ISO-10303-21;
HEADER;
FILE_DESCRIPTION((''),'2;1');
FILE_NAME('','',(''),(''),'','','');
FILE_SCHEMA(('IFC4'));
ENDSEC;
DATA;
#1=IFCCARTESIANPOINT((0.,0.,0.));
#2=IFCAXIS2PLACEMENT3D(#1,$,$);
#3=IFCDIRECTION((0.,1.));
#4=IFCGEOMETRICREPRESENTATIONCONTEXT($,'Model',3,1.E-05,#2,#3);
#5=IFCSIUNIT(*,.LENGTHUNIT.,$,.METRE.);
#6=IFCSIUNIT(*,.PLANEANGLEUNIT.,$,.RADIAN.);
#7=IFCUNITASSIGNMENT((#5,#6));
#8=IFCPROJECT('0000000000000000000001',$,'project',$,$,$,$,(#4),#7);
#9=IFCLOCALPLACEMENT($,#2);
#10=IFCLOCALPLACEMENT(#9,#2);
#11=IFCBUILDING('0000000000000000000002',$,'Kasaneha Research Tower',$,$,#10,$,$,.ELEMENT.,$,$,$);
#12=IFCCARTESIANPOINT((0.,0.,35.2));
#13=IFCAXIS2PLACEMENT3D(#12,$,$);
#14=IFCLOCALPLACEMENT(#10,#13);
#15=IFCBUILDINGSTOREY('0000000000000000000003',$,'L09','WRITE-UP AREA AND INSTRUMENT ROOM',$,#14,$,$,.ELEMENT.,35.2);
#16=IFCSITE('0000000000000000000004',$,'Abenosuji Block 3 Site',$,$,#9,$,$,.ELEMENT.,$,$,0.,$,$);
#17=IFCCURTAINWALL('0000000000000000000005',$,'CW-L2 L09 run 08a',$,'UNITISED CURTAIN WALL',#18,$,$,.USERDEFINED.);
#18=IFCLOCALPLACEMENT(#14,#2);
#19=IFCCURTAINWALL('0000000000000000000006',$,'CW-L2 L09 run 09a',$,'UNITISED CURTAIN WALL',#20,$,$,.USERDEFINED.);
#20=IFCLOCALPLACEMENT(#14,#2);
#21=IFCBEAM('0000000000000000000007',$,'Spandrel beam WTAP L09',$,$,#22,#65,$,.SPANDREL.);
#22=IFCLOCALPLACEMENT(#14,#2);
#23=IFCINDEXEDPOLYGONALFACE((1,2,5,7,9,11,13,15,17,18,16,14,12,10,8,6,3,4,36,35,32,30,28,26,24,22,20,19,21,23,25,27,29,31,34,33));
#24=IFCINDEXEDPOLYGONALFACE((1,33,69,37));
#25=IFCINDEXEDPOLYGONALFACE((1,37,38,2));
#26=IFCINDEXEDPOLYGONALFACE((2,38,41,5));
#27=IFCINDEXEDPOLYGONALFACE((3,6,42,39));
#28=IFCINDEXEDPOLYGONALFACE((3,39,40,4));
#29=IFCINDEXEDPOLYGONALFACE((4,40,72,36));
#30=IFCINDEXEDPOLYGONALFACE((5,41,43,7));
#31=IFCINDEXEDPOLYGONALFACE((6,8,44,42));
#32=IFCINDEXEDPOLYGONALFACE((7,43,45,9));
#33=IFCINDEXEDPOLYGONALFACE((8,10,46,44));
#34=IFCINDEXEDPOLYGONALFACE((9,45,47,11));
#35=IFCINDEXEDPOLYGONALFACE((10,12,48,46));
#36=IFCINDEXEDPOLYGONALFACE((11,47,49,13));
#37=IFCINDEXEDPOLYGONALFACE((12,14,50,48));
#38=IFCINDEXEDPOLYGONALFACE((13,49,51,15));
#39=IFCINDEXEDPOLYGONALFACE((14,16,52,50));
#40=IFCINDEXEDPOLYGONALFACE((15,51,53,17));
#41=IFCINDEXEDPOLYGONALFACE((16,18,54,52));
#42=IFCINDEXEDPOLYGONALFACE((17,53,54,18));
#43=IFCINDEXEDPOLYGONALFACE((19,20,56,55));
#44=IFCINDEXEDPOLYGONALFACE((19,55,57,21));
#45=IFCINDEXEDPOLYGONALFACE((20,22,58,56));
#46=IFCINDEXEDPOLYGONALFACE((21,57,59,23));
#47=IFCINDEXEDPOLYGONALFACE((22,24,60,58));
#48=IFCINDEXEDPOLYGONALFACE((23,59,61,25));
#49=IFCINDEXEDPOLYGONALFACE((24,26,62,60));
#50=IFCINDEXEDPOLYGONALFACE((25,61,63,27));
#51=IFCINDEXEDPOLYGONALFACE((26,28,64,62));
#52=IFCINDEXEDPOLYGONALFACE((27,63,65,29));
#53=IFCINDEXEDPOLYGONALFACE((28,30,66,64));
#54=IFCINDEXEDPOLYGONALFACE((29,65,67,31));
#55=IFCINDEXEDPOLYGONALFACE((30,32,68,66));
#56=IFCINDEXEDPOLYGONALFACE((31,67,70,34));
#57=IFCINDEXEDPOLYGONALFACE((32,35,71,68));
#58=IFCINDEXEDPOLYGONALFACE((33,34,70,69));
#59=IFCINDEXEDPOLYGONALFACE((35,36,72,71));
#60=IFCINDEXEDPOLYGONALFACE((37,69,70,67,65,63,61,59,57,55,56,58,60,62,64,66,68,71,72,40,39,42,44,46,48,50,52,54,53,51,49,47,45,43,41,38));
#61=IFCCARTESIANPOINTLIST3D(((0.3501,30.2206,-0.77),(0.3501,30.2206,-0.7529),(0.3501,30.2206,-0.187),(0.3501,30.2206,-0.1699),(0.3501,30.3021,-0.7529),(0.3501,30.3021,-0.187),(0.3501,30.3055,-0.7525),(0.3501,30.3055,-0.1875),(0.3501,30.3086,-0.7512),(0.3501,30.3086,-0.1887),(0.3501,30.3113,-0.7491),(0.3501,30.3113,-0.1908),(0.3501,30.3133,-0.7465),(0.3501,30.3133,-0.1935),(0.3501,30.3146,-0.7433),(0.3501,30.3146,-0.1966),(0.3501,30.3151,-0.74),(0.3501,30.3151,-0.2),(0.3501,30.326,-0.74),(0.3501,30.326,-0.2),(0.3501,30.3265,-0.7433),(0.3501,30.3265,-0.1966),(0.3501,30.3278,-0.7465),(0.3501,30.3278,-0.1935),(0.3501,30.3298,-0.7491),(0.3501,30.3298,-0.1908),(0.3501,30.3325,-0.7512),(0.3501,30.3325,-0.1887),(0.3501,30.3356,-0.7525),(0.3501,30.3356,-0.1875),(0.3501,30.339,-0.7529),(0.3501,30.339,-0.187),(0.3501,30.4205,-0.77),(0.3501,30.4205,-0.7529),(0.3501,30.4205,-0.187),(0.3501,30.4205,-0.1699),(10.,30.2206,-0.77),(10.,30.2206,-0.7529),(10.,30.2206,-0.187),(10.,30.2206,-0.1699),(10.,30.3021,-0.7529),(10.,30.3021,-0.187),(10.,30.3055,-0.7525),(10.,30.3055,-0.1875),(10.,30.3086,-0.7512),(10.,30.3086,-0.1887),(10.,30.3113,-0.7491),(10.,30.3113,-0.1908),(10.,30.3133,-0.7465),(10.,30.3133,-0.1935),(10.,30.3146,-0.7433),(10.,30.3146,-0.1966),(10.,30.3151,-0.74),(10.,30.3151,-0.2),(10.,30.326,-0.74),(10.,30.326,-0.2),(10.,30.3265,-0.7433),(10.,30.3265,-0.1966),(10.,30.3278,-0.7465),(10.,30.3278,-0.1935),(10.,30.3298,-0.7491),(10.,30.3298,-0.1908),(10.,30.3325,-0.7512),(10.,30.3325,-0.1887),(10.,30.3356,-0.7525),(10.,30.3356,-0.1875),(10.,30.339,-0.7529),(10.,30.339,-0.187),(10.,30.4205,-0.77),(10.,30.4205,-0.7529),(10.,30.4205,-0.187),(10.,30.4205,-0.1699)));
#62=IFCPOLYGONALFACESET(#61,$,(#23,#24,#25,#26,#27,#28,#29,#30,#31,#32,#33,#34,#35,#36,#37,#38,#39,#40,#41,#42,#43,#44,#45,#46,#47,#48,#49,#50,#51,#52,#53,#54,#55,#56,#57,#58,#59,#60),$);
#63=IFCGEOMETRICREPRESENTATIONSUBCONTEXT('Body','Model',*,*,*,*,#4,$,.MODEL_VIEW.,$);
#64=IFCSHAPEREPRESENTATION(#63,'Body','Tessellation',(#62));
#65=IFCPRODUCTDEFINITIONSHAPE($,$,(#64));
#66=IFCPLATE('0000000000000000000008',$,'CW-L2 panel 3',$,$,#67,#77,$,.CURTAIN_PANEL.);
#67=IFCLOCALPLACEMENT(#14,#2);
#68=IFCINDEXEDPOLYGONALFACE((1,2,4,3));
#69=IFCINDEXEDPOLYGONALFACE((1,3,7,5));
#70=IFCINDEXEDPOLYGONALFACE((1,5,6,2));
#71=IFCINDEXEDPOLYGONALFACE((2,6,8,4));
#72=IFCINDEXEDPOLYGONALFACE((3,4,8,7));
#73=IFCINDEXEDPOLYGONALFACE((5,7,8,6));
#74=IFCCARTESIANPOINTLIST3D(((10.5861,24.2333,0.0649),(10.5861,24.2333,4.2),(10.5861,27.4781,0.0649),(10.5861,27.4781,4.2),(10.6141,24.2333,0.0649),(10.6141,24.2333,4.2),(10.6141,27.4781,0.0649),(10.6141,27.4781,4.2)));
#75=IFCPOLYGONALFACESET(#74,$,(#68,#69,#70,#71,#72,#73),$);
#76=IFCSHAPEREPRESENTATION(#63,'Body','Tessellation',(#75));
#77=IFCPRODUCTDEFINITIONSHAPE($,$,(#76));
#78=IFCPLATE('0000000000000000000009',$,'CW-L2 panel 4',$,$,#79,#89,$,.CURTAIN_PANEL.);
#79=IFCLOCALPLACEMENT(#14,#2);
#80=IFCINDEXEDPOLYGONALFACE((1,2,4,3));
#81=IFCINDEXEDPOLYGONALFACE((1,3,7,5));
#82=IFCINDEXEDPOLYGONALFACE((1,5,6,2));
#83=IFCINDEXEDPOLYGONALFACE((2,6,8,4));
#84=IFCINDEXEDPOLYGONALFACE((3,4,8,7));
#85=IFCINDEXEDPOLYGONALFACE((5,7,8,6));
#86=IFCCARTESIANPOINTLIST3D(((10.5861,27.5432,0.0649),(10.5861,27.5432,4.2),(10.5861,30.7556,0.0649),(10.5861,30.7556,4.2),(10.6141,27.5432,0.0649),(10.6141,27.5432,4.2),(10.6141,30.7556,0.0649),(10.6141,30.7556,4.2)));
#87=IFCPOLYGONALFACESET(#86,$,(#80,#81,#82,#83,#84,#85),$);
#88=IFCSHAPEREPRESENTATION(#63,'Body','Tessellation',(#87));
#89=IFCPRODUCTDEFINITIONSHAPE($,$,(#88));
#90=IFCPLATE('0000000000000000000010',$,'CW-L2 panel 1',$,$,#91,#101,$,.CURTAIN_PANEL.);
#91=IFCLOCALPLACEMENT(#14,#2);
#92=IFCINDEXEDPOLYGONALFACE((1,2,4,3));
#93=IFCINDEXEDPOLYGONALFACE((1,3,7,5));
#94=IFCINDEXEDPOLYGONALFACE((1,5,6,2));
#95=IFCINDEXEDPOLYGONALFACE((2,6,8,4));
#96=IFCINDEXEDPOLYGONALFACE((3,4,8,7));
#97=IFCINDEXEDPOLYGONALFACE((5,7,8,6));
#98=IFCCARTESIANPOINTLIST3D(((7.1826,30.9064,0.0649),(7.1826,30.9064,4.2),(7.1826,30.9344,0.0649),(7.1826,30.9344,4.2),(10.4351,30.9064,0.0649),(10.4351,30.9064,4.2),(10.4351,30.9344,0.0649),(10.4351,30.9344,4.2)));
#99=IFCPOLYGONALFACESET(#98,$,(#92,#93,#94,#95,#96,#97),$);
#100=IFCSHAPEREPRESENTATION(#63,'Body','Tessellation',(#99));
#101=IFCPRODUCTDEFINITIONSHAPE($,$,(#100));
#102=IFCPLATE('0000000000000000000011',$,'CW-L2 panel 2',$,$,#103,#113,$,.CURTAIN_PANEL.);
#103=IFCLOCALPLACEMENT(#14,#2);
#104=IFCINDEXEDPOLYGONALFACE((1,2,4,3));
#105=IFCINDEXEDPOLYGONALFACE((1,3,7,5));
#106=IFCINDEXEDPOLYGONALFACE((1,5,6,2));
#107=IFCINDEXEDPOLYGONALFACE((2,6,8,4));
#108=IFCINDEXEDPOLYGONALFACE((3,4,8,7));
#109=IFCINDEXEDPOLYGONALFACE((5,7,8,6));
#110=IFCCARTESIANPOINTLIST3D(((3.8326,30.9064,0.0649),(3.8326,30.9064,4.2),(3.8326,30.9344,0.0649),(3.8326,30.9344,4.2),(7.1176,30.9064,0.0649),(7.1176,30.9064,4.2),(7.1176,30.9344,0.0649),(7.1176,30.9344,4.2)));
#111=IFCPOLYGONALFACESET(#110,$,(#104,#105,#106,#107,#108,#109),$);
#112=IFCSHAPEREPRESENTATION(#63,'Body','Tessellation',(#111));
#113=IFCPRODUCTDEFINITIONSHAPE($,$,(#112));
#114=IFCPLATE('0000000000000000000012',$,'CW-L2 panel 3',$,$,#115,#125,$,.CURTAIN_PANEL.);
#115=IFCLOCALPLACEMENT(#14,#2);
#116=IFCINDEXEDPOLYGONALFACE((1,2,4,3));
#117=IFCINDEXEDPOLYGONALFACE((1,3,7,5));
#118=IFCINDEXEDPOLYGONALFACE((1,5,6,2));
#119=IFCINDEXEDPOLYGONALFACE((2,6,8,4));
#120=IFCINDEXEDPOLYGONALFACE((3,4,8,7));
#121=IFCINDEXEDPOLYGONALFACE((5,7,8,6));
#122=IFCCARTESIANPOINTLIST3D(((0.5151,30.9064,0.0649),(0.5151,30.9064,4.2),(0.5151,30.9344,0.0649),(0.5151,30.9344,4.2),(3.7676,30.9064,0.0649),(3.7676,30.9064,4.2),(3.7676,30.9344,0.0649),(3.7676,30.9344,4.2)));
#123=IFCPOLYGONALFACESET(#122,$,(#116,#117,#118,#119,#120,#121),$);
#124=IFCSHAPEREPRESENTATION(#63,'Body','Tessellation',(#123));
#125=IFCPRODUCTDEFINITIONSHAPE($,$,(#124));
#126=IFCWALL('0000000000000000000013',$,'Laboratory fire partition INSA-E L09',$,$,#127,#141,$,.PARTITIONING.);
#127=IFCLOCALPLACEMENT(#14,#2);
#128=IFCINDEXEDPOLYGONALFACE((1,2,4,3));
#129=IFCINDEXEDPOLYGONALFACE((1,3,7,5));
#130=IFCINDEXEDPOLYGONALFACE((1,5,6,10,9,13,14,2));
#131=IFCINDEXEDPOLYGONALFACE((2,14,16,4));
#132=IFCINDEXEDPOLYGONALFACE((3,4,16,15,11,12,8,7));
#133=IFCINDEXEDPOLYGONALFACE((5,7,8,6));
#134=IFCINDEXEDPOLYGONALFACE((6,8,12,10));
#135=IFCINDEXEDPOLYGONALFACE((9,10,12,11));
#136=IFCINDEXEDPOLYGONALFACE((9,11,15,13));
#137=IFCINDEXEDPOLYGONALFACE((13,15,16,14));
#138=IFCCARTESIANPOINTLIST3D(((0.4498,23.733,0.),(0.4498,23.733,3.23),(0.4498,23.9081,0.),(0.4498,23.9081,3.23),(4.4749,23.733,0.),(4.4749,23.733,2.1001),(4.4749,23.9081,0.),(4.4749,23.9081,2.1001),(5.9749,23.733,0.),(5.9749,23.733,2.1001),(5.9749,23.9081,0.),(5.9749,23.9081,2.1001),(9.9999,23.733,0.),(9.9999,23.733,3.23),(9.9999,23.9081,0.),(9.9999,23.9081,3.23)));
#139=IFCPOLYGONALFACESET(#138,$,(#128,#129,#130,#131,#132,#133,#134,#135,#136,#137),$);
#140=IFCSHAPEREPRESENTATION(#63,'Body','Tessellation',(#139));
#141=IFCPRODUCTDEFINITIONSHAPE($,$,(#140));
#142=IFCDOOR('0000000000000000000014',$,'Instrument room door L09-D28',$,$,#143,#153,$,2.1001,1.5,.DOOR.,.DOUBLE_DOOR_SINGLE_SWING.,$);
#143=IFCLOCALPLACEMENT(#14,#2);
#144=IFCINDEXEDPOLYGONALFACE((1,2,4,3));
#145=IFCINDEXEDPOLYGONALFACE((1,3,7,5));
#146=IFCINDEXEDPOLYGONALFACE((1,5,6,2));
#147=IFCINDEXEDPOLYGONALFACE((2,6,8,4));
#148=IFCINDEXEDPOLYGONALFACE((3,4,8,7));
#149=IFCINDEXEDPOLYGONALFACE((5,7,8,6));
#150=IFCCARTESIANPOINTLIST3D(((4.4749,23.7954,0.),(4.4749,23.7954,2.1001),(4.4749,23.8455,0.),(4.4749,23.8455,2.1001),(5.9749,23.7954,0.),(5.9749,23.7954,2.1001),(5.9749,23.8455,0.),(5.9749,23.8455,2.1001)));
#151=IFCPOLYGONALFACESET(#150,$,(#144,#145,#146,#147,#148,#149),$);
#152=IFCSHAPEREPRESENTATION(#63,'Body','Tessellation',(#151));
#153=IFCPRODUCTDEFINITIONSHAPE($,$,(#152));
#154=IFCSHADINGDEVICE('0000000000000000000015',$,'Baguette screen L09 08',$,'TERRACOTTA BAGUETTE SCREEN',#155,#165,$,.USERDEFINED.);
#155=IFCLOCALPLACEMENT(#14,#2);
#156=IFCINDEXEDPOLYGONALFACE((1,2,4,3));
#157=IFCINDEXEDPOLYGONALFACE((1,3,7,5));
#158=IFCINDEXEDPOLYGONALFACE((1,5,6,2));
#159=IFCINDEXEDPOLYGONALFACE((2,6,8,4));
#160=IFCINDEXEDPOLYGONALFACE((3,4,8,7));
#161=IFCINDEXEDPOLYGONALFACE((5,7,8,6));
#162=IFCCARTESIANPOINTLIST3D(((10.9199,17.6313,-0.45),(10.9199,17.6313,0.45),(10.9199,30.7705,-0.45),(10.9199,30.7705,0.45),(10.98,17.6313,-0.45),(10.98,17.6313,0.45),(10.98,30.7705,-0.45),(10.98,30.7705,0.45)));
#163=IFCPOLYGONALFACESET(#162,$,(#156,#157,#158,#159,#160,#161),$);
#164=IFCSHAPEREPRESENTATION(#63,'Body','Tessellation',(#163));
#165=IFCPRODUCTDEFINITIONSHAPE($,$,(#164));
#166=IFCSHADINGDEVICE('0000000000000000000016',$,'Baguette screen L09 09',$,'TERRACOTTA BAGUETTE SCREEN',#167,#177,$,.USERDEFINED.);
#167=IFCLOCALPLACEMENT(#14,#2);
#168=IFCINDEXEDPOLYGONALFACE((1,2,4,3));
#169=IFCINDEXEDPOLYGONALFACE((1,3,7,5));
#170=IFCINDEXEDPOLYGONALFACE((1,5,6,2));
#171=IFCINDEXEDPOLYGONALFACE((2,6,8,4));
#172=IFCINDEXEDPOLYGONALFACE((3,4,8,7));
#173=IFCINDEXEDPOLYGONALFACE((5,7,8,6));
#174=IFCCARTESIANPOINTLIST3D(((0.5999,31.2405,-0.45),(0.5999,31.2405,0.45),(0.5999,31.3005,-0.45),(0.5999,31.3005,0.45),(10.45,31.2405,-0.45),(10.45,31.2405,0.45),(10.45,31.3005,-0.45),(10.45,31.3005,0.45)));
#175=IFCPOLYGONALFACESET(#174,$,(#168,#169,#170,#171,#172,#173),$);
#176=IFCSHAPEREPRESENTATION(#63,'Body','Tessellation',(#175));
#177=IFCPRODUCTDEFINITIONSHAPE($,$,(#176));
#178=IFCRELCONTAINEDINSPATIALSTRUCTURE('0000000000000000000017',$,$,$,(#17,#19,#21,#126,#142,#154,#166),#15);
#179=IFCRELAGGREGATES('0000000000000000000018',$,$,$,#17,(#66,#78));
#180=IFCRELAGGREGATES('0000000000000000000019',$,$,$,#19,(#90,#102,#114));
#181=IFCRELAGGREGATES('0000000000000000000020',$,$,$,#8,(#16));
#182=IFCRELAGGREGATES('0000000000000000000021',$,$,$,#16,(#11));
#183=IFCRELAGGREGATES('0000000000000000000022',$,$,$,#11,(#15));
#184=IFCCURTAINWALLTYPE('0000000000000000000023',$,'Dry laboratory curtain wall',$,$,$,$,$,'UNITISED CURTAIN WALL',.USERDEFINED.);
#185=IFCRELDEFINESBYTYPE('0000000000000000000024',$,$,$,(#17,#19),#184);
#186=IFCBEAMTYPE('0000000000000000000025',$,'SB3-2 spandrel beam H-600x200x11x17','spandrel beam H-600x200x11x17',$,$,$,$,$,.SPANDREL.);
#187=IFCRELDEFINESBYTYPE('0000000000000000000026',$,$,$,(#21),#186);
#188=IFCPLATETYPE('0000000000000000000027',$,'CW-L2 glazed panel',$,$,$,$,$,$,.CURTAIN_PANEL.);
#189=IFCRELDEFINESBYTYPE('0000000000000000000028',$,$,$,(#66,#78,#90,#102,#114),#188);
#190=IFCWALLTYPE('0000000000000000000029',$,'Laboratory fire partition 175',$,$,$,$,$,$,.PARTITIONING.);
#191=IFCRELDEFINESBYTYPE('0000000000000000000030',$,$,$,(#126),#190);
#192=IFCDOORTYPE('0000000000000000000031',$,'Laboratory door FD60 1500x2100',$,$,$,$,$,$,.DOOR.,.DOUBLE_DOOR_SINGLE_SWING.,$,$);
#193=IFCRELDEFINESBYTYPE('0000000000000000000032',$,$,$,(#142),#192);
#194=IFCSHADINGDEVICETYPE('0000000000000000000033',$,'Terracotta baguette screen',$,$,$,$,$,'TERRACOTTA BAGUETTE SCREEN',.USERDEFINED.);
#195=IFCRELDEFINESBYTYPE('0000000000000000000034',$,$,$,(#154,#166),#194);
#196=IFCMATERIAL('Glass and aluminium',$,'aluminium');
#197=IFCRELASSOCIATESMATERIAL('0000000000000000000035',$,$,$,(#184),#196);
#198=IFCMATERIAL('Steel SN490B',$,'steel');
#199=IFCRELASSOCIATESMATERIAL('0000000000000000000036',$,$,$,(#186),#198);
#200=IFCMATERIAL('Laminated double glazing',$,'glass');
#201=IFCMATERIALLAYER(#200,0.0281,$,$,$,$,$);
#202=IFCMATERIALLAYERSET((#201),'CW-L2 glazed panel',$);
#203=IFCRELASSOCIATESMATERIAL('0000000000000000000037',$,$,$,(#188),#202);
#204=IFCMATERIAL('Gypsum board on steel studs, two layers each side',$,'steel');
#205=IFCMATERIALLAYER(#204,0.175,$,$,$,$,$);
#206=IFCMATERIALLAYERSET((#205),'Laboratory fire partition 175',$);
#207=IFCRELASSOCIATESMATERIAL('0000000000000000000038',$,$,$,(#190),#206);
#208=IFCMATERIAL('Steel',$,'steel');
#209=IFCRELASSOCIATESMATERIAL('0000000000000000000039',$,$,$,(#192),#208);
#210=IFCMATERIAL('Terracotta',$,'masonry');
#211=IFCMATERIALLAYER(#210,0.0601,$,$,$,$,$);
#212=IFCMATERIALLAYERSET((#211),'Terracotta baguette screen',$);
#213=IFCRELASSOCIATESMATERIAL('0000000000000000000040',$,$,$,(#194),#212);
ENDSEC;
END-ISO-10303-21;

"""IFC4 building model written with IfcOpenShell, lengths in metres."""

from ifc_helpers import new_model, si_unit, direction, frame, frame_2d, origin, origin_2d, place, context, subcontext, project, spatial, rectangle, i_section, extrude, material, layer, layer_set, material_profile, profile_set, type_object, element, fill, aggregate, save


model = new_model("IFC4")

# Units and contexts
model_context = context("Model", 3, precision=1e-05, world=origin(), true_north=direction((0.0, 1.0)))
body_context = subcontext(model_context, "Body", "Model", "MODEL_VIEW")
ifc_project = project(units=[si_unit("LENGTHUNIT", "METRE"), si_unit("PLANEANGLEUNIT", "RADIAN")], contexts=[model_context])

# Site, building, storey
site_placement = place(None, origin())
site = spatial("IfcSite", under=ifc_project, at=site_placement, Name="Abenosuji Block 3 Site", CompositionType="ELEMENT", RefElevation=0.0)
building_placement = place(site_placement, origin())
building = spatial("IfcBuilding", under=site, at=building_placement, Name="Kasaneha Research Tower", CompositionType="ELEMENT")
storey_placement = place(building_placement, frame((0.0, 0.0, 35.2)))
storey = spatial("IfcBuildingStorey", under=building, at=storey_placement, Name="L09", Description="WRITE-UP AREA AND INSTRUMENT ROOM", CompositionType="ELEMENT", Elevation=35.2)

# Curtain walls
ifc_material_1 = material(Name="Glass and aluminium", Category="aluminium")
curtain_wall_type = type_object("IfcCurtainWallType", Name="Dry laboratory curtain wall", ElementType="UNITISED CURTAIN WALL", PredefinedType="USERDEFINED", material=ifc_material_1)
curtain_wall_1_placement = place(storey_placement, origin())
curtain_wall_1 = element("IfcCurtainWall", 1, at=curtain_wall_1_placement, inside=storey, type_object=curtain_wall_type, Name="CW-L2 L09 run 08a", ObjectType="UNITISED CURTAIN WALL", PredefinedType="USERDEFINED")
curtain_wall_2_placement = place(storey_placement, origin())
curtain_wall_2 = element("IfcCurtainWall", 2, at=curtain_wall_2_placement, inside=storey, type_object=curtain_wall_type, Name="CW-L2 L09 run 09a", ObjectType="UNITISED CURTAIN WALL", PredefinedType="USERDEFINED")

# Beam
ifc_material_2 = material(Name="Steel SN490B", Category="steel")
ifc_material_profile_1 = material_profile(ifc_material_2, i_section(OverallWidth=0.2, OverallDepth=0.6001, WebThickness=0.011, FlangeThickness=0.0171, FilletRadius=0.0129, at=origin_2d()), Name="H-600x200x11x17")
ifc_profile_set_1 = profile_set([ifc_material_profile_1], Name="Steel SN490B")
beam_type_1 = type_object("IfcBeamType", Name="SB3-2 spandrel beam H-600x200x11x17", Description="spandrel beam H-600x200x11x17", PredefinedType="SPANDREL", material=ifc_profile_set_1)
beam_1_placement = place(storey_placement, frame((10.0, 30.3206, -0.47), z_axis=(-1.0, 0.0, 0.0), x_axis=(0.0, -1.0, 0.0)))
element("IfcBeam", 3, at=beam_1_placement, inside=storey, type_object=beam_type_1, Name="Spandrel beam WTAP L09", PredefinedType="SPANDREL", context=body_context, shape_type="SweptSolid", body=[
    extrude(i_section(OverallWidth=0.2, OverallDepth=0.6001, WebThickness=0.011, FlangeThickness=0.0171, FilletRadius=0.0129, at=origin_2d()), origin(), (0.0, 0.0, 1.0), 9.6499),
])

# Plates
ifc_material_3 = material(Name="Laminated double glazing", Category="glass")
ifc_layer_1 = layer(ifc_material_3, 0.0281)
ifc_layer_set_1 = layer_set([ifc_layer_1], Name="CW-L2 glazed panel")
plate_type = type_object("IfcPlateType", Name="CW-L2 glazed panel", PredefinedType="CURTAIN_PANEL", material=ifc_layer_set_1)
plate_1_placement = place(storey_placement, frame((10.6001, 25.8557, 0.0649), z_axis=(0.0, 0.0, 1.0), x_axis=(0.0, 1.0, 0.0)))
plate_1 = element("IfcPlate", 4, at=plate_1_placement, type_object=plate_type, Name="CW-L2 panel 3", PredefinedType="CURTAIN_PANEL", context=body_context, shape_type="SweptSolid", body=[
    extrude(rectangle(XDim=3.2449, YDim=0.0281, at=origin_2d()), origin(), (0.0, 0.0, 1.0), 4.135),
])
plate_2_placement = place(storey_placement, frame((10.6001, 29.1494, 0.0649), z_axis=(0.0, 0.0, 1.0), x_axis=(0.0, 1.0, 0.0)))
plate_2 = element("IfcPlate", 5, at=plate_2_placement, type_object=plate_type, Name="CW-L2 panel 4", PredefinedType="CURTAIN_PANEL", context=body_context, shape_type="SweptSolid", body=[
    extrude(rectangle(XDim=3.2124, YDim=0.0281, at=origin_2d()), origin(), (0.0, 0.0, 1.0), 4.135),
])
aggregate(curtain_wall_1, [plate_1, plate_2])
plate_3_placement = place(storey_placement, frame((8.8088, 30.9204, 0.0649), z_axis=(0.0, 0.0, 1.0), x_axis=(-1.0, 0.0, 0.0)))
plate_3 = element("IfcPlate", 6, at=plate_3_placement, type_object=plate_type, Name="CW-L2 panel 1", PredefinedType="CURTAIN_PANEL", context=body_context, shape_type="SweptSolid", body=[
    extrude(rectangle(XDim=3.2524, YDim=0.0281, at=origin_2d()), origin(), (0.0, 0.0, 1.0), 4.135),
])
plate_4_placement = place(storey_placement, frame((5.4751, 30.9204, 0.0649), z_axis=(0.0, 0.0, 1.0), x_axis=(-1.0, 0.0, 0.0)))
plate_4 = element("IfcPlate", 7, at=plate_4_placement, type_object=plate_type, Name="CW-L2 panel 2", PredefinedType="CURTAIN_PANEL", context=body_context, shape_type="SweptSolid", body=[
    extrude(rectangle(XDim=3.2849, YDim=0.0281, at=origin_2d()), origin(), (0.0, 0.0, 1.0), 4.135),
])
plate_5_placement = place(storey_placement, frame((2.1414, 30.9204, 0.0649), z_axis=(0.0, 0.0, 1.0), x_axis=(-1.0, 0.0, 0.0)))
plate_5 = element("IfcPlate", 8, at=plate_5_placement, type_object=plate_type, Name="CW-L2 panel 3", PredefinedType="CURTAIN_PANEL", context=body_context, shape_type="SweptSolid", body=[
    extrude(rectangle(XDim=3.2524, YDim=0.0281, at=origin_2d()), origin(), (0.0, 0.0, 1.0), 4.135),
])
aggregate(curtain_wall_2, [plate_3, plate_4, plate_5])

# Wall, opening, door
ifc_material_4 = material(Name="Gypsum board on steel studs, two layers each side", Category="steel")
ifc_layer_2 = layer(ifc_material_4, 0.175)
ifc_layer_set_2 = layer_set([ifc_layer_2], Name="Laboratory fire partition 175")
wall_type = type_object("IfcWallType", Name="Laboratory fire partition 175", PredefinedType="PARTITIONING", material=ifc_layer_set_2)
wall_placement = place(storey_placement, frame((0.45, 23.8206, 0.0), z_axis=(0.0, 0.0, 1.0), x_axis=(1.0, 0.0, 0.0)))
wall = element("IfcWall", 9, at=wall_placement, inside=storey, type_object=wall_type, Name="Laboratory fire partition INSA-E L09", PredefinedType="PARTITIONING", context=body_context, shape_type="SweptSolid", body=[
    extrude(rectangle(XDim=9.55, YDim=0.175, at=frame_2d((4.7749, 0.0))), origin(), (0.0, 0.0, 1.0), 3.23),
])
opening_placement = place(wall_placement, frame((4.0249, 0.0, 0.0)))
opening = element("IfcOpeningElement", 10, at=opening_placement, cuts=wall, PredefinedType="OPENING", context=body_context, shape_type="SweptSolid", body=[
    extrude(rectangle(XDim=1.5, YDim=2.1001, at=frame_2d((0.75, 1.05))), frame((0.0, 0.0977, 0.0), z_axis=(0.0, -1.0, 0.0), x_axis=(1.0, 0.0, 0.0)), (0.0, 0.0, 1.0), 0.1951),
])
ifc_material_5 = material(Name="Steel", Category="steel")
door_type = type_object("IfcDoorType", Name="Laboratory door FD60 1500x2100", OperationType="DOUBLE_DOOR_SINGLE_SWING", PredefinedType="DOOR", material=ifc_material_5)
door_placement = place(opening_placement, origin())
door = element("IfcDoor", 11, at=door_placement, inside=storey, type_object=door_type, Name="Instrument room door L09-D28", OperationType="DOUBLE_DOOR_SINGLE_SWING", OverallHeight=2.1001, OverallWidth=1.5, PredefinedType="DOOR", context=body_context, shape_type="SweptSolid", body=[
    extrude(rectangle(XDim=1.5, YDim=2.1001, at=frame_2d((0.75, 1.05))), frame((0.0, 0.0249, 0.0), z_axis=(0.0, -1.0, 0.0), x_axis=(1.0, 0.0, 0.0)), (0.0, 0.0, 1.0), 0.05),
])
fill(opening, door)

# Shading devices
ifc_material_6 = material(Name="Terracotta", Category="masonry")
ifc_layer_3 = layer(ifc_material_6, 0.0601)
ifc_layer_set_3 = layer_set([ifc_layer_3], Name="Terracotta baguette screen")
shading_device_type = type_object("IfcShadingDeviceType", Name="Terracotta baguette screen", ElementType="TERRACOTTA BAGUETTE SCREEN", PredefinedType="USERDEFINED", material=ifc_layer_set_3)
shading_device_1_placement = place(storey_placement, frame((10.95, 24.2009, -0.45), z_axis=(0.0, 0.0, 1.0), x_axis=(0.0, 1.0, 0.0)))
element("IfcShadingDevice", 12, at=shading_device_1_placement, inside=storey, type_object=shading_device_type, Name="Baguette screen L09 08", ObjectType="TERRACOTTA BAGUETTE SCREEN", PredefinedType="USERDEFINED", context=body_context, shape_type="SweptSolid", body=[
    extrude(rectangle(XDim=13.1392, YDim=0.0601, at=origin_2d()), origin(), (0.0, 0.0, 1.0), 0.8999),
])
shading_device_2_placement = place(storey_placement, frame((5.5249, 31.2705, -0.45), z_axis=(0.0, 0.0, 1.0), x_axis=(-1.0, 0.0, 0.0)))
element("IfcShadingDevice", 13, at=shading_device_2_placement, inside=storey, type_object=shading_device_type, Name="Baguette screen L09 09", ObjectType="TERRACOTTA BAGUETTE SCREEN", PredefinedType="USERDEFINED", context=body_context, shape_type="SweptSolid", body=[
    extrude(rectangle(XDim=9.8501, YDim=0.0601, at=origin_2d()), origin(), (0.0, 0.0, 1.0), 0.8999),
])

save(model, "model.ifc")
